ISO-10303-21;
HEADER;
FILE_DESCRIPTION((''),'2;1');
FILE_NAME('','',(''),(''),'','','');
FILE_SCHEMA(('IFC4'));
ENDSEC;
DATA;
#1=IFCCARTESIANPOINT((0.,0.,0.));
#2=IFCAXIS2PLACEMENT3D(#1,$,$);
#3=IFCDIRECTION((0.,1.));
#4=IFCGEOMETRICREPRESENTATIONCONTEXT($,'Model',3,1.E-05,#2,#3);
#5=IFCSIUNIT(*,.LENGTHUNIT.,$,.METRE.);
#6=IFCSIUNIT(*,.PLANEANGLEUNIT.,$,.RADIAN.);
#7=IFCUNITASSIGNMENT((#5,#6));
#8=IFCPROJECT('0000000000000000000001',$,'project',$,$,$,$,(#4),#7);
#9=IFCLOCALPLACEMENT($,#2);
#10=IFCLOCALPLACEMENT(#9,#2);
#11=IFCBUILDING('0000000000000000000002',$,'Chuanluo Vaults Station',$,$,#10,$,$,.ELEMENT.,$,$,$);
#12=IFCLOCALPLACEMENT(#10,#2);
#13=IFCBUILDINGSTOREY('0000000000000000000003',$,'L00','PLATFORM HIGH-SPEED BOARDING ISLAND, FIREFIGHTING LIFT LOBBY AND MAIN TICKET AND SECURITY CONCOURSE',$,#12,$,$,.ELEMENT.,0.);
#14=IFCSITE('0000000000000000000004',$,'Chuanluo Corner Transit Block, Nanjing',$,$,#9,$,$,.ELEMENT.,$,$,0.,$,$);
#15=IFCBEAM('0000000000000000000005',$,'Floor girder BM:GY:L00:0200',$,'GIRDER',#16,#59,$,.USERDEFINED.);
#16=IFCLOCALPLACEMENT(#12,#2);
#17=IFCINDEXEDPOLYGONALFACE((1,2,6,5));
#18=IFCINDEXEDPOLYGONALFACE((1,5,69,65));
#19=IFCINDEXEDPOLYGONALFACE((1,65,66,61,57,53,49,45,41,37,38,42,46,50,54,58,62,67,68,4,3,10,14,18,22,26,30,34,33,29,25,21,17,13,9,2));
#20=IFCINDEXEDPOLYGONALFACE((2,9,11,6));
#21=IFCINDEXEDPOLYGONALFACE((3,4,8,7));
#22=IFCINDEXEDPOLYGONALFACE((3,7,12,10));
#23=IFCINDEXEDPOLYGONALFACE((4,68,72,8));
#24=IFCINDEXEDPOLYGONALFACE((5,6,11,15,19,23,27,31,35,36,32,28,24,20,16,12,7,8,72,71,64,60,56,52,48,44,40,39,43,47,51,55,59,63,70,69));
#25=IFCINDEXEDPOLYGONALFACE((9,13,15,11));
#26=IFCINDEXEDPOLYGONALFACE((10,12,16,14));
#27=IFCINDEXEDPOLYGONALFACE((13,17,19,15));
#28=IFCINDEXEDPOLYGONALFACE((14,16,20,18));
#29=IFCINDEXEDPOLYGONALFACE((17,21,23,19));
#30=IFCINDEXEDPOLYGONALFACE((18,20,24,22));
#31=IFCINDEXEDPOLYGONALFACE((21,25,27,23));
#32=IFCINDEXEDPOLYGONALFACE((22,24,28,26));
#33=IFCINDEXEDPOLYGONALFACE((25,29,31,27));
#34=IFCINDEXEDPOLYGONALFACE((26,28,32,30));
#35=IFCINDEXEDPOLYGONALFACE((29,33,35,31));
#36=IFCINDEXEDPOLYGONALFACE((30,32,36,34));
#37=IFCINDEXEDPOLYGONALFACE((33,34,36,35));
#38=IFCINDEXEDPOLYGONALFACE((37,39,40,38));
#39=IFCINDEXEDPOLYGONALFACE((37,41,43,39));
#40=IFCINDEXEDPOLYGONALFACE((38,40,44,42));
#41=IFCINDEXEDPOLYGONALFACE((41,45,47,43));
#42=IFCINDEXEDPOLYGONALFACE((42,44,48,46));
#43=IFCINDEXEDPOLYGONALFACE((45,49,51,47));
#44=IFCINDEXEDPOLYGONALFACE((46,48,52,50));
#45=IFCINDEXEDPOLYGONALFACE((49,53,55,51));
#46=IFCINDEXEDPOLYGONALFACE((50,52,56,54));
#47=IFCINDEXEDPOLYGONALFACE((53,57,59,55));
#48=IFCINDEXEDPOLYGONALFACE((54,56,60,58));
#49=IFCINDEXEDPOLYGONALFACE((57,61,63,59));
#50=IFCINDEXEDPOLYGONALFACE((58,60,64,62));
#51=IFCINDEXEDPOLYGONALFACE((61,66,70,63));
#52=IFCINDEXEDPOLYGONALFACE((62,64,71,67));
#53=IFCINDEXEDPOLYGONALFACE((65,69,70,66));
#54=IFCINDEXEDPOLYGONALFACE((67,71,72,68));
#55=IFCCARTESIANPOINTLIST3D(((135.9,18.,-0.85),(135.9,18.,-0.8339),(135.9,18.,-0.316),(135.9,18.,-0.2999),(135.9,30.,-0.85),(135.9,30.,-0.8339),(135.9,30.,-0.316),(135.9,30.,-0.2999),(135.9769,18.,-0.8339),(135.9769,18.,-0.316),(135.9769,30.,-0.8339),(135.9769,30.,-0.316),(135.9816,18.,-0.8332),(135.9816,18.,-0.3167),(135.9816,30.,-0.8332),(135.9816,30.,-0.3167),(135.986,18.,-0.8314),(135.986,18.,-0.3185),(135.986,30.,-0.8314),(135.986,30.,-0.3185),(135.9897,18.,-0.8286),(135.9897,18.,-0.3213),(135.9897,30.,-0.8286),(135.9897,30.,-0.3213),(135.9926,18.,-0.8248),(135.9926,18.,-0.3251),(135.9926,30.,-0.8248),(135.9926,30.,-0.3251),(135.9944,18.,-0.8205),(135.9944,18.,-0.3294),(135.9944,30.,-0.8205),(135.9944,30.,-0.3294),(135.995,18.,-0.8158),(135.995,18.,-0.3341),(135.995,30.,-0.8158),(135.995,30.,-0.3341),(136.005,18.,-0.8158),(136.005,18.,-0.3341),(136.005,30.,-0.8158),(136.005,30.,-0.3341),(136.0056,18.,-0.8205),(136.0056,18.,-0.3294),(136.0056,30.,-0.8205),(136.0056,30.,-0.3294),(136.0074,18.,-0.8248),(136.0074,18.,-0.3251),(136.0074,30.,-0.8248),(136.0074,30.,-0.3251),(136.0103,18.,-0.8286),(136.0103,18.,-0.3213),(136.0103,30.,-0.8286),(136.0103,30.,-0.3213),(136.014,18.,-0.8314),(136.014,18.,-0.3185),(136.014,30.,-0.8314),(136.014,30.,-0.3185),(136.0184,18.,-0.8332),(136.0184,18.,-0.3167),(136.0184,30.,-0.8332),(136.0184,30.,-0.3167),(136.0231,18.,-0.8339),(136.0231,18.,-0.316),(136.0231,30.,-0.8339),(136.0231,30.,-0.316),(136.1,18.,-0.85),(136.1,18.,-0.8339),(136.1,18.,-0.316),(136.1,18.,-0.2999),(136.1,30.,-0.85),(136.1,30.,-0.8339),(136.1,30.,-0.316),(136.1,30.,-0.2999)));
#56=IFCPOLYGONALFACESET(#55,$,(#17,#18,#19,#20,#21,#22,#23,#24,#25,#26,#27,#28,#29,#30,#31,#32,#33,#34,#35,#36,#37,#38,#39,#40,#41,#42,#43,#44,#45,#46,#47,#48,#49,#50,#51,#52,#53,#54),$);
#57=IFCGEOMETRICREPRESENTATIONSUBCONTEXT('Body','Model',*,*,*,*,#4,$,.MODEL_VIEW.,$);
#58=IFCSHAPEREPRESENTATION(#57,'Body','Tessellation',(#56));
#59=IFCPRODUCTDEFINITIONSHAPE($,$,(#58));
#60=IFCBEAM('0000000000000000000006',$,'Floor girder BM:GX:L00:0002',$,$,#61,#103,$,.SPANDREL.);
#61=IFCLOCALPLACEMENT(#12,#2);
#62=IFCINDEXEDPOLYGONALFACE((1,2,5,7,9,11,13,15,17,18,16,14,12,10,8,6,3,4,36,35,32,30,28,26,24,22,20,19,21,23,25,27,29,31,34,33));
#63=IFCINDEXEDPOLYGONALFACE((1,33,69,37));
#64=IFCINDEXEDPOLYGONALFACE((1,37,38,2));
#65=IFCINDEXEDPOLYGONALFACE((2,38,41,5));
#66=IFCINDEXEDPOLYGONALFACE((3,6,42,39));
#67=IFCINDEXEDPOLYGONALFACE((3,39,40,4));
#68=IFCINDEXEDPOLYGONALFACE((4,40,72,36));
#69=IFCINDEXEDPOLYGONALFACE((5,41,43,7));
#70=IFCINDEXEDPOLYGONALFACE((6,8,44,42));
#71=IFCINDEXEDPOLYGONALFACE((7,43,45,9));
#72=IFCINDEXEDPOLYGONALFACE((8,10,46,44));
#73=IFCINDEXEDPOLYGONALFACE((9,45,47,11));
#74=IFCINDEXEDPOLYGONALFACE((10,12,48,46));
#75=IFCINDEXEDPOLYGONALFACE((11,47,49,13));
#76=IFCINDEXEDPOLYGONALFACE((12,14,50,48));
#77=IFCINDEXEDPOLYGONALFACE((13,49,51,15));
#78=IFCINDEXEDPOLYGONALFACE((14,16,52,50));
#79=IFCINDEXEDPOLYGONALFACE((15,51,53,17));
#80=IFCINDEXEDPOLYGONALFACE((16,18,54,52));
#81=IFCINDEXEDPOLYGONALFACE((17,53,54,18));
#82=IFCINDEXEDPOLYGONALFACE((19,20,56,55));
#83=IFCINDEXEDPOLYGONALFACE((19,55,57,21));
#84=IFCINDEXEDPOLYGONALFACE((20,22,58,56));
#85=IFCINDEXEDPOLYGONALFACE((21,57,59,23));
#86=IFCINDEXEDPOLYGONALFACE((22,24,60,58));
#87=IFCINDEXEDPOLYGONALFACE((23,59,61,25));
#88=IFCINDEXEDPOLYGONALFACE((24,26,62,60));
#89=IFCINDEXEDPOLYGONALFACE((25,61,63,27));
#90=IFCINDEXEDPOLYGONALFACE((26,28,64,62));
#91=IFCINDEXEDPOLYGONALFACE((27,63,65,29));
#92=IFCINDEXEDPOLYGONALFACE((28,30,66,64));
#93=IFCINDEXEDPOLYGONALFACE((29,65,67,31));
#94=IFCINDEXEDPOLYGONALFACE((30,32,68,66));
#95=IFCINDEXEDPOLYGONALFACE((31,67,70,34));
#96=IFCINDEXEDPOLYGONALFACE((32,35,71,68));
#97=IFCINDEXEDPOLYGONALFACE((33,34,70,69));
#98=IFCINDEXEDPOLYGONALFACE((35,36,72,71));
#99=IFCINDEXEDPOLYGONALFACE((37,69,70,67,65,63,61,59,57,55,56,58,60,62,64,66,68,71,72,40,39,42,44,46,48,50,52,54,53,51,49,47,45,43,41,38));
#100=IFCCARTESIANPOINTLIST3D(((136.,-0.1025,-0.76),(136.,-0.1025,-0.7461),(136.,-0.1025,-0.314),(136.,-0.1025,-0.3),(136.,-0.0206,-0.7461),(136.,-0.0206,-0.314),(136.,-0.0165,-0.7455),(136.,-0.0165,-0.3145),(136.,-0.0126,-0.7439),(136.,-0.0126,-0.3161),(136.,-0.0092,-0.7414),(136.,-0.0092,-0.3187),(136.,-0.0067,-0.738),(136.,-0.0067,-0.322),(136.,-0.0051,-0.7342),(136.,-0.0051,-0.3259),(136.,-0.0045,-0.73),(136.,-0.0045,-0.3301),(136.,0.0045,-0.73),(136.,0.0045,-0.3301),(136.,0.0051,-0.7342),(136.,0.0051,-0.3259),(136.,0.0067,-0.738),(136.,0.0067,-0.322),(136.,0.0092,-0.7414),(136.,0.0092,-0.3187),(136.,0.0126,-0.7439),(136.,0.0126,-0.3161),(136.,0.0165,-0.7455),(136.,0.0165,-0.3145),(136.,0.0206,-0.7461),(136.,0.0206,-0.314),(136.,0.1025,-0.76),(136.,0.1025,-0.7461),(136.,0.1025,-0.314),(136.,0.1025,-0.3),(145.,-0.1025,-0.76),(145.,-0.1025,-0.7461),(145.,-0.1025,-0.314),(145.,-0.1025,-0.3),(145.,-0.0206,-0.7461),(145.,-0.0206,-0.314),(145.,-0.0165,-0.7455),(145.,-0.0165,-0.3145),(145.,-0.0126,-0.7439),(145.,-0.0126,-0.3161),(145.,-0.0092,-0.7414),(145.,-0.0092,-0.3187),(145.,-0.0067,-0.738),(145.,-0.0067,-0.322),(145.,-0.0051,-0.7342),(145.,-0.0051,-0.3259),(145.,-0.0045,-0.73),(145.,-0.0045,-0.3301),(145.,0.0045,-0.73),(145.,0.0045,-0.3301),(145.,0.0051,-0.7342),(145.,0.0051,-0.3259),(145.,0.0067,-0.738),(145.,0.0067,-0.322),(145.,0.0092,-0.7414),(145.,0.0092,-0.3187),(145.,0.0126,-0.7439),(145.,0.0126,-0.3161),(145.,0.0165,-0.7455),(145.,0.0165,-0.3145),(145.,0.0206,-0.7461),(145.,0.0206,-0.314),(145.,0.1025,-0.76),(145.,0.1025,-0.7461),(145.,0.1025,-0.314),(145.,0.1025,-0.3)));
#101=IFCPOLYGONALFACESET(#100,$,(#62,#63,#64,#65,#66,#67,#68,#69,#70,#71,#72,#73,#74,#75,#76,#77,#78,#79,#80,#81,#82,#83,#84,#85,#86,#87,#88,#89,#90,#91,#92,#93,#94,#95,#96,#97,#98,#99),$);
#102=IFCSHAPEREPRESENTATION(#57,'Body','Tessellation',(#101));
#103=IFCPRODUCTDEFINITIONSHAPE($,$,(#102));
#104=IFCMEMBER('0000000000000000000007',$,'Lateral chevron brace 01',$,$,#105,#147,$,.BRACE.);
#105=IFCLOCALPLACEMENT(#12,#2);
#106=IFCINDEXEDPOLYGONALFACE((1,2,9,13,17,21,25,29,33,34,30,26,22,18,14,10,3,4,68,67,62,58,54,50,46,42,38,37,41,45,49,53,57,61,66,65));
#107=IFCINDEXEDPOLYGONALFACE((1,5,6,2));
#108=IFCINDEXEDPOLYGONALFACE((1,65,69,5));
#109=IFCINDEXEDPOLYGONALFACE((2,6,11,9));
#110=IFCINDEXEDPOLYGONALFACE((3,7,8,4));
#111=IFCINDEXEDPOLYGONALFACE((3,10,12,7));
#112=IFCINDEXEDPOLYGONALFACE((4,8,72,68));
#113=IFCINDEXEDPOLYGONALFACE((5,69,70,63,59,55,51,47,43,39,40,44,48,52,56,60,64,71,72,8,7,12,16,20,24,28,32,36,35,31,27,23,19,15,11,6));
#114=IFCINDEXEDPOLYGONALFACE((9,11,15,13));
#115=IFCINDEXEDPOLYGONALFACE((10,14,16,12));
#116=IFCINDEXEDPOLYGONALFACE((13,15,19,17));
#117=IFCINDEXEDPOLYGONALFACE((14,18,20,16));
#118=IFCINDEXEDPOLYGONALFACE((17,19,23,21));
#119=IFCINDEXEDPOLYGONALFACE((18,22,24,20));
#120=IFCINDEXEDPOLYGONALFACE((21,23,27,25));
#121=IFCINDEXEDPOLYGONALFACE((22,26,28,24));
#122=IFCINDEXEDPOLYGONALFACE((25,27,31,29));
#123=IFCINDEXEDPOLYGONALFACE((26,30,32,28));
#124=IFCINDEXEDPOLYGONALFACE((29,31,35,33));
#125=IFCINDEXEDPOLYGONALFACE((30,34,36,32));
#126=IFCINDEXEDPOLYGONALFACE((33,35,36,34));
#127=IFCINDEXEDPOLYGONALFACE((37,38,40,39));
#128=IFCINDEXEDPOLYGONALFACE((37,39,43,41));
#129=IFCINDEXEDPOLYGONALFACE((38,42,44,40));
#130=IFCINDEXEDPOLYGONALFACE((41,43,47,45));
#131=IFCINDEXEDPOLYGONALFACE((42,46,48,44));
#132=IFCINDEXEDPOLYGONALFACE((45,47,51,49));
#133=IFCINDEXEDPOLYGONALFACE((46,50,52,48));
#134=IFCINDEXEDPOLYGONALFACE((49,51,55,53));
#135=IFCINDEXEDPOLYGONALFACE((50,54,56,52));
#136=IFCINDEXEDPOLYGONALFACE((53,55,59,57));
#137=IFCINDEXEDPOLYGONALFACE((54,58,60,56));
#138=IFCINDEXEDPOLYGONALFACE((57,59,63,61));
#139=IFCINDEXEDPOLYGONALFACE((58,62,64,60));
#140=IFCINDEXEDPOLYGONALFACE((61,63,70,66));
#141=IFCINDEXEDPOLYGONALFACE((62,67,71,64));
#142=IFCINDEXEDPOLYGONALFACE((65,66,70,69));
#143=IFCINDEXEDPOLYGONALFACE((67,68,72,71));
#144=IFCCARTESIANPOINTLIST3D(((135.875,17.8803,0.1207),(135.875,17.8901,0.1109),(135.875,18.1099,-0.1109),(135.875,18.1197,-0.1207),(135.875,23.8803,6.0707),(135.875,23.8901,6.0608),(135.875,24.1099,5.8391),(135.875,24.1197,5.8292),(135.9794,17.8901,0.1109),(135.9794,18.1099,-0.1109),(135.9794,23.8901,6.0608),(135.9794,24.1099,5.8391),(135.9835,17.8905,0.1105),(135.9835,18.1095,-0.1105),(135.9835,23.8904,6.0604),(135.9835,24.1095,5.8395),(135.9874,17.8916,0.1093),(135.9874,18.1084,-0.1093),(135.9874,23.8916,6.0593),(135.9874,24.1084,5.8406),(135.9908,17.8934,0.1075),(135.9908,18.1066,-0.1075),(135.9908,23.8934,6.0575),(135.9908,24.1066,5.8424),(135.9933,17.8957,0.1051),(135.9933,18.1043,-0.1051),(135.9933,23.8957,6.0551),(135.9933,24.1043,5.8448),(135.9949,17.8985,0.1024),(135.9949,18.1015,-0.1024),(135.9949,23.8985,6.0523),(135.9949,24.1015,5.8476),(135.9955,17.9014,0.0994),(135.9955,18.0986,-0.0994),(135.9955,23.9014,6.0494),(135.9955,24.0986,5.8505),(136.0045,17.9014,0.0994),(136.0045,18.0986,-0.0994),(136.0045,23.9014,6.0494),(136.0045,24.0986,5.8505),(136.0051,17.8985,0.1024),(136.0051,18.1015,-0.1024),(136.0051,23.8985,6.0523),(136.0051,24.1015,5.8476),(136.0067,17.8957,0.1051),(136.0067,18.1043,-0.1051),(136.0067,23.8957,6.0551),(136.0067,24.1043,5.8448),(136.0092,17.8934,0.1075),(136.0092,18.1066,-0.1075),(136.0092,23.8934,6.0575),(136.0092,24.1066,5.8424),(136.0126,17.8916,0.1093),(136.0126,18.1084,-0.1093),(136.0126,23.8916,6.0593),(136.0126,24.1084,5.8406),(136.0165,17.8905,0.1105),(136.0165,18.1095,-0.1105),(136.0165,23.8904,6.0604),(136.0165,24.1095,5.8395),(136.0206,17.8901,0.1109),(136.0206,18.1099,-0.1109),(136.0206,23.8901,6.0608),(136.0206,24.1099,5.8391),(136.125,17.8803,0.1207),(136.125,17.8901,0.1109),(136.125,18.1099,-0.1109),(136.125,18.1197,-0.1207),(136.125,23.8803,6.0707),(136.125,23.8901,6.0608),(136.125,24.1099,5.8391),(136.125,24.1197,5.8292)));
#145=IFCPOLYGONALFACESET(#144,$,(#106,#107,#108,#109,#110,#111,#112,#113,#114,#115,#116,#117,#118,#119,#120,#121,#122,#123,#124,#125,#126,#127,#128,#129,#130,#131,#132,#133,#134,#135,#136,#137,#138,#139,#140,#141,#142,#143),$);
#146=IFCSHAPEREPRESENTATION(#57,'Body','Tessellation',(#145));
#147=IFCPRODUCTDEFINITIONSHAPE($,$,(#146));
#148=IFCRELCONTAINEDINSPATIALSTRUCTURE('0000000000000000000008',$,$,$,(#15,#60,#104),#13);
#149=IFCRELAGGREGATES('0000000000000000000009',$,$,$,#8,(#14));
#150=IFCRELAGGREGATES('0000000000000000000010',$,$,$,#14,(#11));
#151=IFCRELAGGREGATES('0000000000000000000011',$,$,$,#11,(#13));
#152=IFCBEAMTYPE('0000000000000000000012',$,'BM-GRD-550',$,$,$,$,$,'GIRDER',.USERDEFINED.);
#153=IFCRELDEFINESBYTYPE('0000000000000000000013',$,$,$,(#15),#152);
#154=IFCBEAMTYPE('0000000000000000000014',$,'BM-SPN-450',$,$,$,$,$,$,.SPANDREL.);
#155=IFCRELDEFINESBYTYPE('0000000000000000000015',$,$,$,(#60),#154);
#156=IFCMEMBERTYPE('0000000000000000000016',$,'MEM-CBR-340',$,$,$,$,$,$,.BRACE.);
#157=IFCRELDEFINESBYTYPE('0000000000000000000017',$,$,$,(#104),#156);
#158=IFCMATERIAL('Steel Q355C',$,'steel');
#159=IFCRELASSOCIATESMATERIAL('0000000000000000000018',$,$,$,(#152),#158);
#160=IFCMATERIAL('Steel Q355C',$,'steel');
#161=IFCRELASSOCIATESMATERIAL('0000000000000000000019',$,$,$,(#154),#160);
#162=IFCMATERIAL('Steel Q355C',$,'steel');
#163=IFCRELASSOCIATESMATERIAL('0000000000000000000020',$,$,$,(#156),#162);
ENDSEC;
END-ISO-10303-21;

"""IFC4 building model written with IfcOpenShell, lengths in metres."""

from ifc_helpers import new_model, si_unit, direction, frame, origin, origin_2d, place, context, subcontext, project, spatial, i_section, extrude, material, material_profile, profile_set, type_object, element, save


model = new_model("IFC4")

# Units and contexts
model_context = context("Model", 3, precision=1e-05, world=origin(), true_north=direction((0.0, 1.0)))
body_context = subcontext(model_context, "Body", "Model", "MODEL_VIEW")
ifc_project = project(units=[si_unit("LENGTHUNIT", "METRE"), si_unit("PLANEANGLEUNIT", "RADIAN")], contexts=[model_context])

# Site, building, storey
site_placement = place(None, origin())
site = spatial("IfcSite", under=ifc_project, at=site_placement, Name="Chuanluo Corner Transit Block, Nanjing", CompositionType="ELEMENT", RefElevation=0.0)
building_placement = place(site_placement, origin())
building = spatial("IfcBuilding", under=site, at=building_placement, Name="Chuanluo Vaults Station", CompositionType="ELEMENT")
storey_placement = place(building_placement, origin())
storey = spatial("IfcBuildingStorey", under=building, at=storey_placement, Name="L00", Description="PLATFORM HIGH-SPEED BOARDING ISLAND, FIREFIGHTING LIFT LOBBY AND MAIN TICKET AND SECURITY CONCOURSE", CompositionType="ELEMENT", Elevation=0.0)

# Beams
ifc_material_1 = material(Name="Steel Q355C", Category="steel")
ifc_material_profile_1 = material_profile(ifc_material_1, i_section(OverallWidth=0.2, OverallDepth=0.55, WebThickness=0.01, FlangeThickness=0.0161, FilletRadius=0.0181, at=origin_2d()))
ifc_profile_set_1 = profile_set([ifc_material_profile_1], Name="Steel Q355C")
beam_type_1 = type_object("IfcBeamType", Name="BM-GRD-550", ElementType="GIRDER", PredefinedType="USERDEFINED", material=ifc_profile_set_1)
beam_1_placement = place(storey_placement, frame((136.0, 18.0, -0.575), z_axis=(0.0, 1.0, 0.0), x_axis=(-1.0, 0.0, 0.0)))
element("IfcBeam", 1, at=beam_1_placement, inside=storey, type_object=beam_type_1, Name="Floor girder BM:GY:L00:0200", ObjectType="GIRDER", PredefinedType="USERDEFINED", context=body_context, shape_type="SweptSolid", body=[
    extrude(i_section(OverallWidth=0.2, OverallDepth=0.55, WebThickness=0.01, FlangeThickness=0.0161, FilletRadius=0.0181, at=origin_2d()), origin(), (0.0, 0.0, 1.0), 12.0),
])
ifc_material_2 = material(Name="Steel Q355C", Category="steel")
ifc_material_profile_2 = material_profile(ifc_material_2, i_section(OverallWidth=0.2051, OverallDepth=0.46, WebThickness=0.009, FlangeThickness=0.0139, FilletRadius=0.0161, at=origin_2d()))
ifc_profile_set_2 = profile_set([ifc_material_profile_2], Name="Steel Q355C")
beam_type_2 = type_object("IfcBeamType", Name="BM-SPN-450", PredefinedType="SPANDREL", material=ifc_profile_set_2)
beam_2_placement = place(storey_placement, frame((136.0, 0.0, -0.53), z_axis=(1.0, 0.0, 0.0), x_axis=(0.0, 1.0, 0.0)))
element("IfcBeam", 2, at=beam_2_placement, inside=storey, type_object=beam_type_2, Name="Floor girder BM:GX:L00:0002", PredefinedType="SPANDREL", context=body_context, shape_type="SweptSolid", body=[
    extrude(i_section(OverallWidth=0.2051, OverallDepth=0.46, WebThickness=0.009, FlangeThickness=0.0139, FilletRadius=0.0161, at=origin_2d()), origin(), (0.0, 0.0, 1.0), 9.0),
])

# Member
ifc_material_3 = material(Name="Steel Q355C", Category="steel")
ifc_material_profile_3 = material_profile(ifc_material_3, i_section(OverallWidth=0.25, OverallDepth=0.3401, WebThickness=0.009, FlangeThickness=0.0139, FilletRadius=0.0161, at=origin_2d()))
ifc_profile_set_3 = profile_set([ifc_material_profile_3], Name="Steel Q355C")
member_type = type_object("IfcMemberType", Name="MEM-CBR-340", PredefinedType="BRACE", material=ifc_profile_set_3)
member_placement = place(storey_placement, frame((136.0, 18.0, 0.0), z_axis=(0.0, 0.710062, 0.704139), x_axis=(-1.0, 0.0, 0.0)))
element("IfcMember", 3, at=member_placement, inside=storey, type_object=member_type, Name="Lateral chevron brace 01", PredefinedType="BRACE", context=body_context, shape_type="SweptSolid", body=[
    extrude(i_section(OverallWidth=0.25, OverallDepth=0.3401, WebThickness=0.009, FlangeThickness=0.0139, FilletRadius=0.0161, at=origin_2d()), origin(), (0.0, 0.0, 1.0), 8.45),
])

save(model, "model.ifc")
